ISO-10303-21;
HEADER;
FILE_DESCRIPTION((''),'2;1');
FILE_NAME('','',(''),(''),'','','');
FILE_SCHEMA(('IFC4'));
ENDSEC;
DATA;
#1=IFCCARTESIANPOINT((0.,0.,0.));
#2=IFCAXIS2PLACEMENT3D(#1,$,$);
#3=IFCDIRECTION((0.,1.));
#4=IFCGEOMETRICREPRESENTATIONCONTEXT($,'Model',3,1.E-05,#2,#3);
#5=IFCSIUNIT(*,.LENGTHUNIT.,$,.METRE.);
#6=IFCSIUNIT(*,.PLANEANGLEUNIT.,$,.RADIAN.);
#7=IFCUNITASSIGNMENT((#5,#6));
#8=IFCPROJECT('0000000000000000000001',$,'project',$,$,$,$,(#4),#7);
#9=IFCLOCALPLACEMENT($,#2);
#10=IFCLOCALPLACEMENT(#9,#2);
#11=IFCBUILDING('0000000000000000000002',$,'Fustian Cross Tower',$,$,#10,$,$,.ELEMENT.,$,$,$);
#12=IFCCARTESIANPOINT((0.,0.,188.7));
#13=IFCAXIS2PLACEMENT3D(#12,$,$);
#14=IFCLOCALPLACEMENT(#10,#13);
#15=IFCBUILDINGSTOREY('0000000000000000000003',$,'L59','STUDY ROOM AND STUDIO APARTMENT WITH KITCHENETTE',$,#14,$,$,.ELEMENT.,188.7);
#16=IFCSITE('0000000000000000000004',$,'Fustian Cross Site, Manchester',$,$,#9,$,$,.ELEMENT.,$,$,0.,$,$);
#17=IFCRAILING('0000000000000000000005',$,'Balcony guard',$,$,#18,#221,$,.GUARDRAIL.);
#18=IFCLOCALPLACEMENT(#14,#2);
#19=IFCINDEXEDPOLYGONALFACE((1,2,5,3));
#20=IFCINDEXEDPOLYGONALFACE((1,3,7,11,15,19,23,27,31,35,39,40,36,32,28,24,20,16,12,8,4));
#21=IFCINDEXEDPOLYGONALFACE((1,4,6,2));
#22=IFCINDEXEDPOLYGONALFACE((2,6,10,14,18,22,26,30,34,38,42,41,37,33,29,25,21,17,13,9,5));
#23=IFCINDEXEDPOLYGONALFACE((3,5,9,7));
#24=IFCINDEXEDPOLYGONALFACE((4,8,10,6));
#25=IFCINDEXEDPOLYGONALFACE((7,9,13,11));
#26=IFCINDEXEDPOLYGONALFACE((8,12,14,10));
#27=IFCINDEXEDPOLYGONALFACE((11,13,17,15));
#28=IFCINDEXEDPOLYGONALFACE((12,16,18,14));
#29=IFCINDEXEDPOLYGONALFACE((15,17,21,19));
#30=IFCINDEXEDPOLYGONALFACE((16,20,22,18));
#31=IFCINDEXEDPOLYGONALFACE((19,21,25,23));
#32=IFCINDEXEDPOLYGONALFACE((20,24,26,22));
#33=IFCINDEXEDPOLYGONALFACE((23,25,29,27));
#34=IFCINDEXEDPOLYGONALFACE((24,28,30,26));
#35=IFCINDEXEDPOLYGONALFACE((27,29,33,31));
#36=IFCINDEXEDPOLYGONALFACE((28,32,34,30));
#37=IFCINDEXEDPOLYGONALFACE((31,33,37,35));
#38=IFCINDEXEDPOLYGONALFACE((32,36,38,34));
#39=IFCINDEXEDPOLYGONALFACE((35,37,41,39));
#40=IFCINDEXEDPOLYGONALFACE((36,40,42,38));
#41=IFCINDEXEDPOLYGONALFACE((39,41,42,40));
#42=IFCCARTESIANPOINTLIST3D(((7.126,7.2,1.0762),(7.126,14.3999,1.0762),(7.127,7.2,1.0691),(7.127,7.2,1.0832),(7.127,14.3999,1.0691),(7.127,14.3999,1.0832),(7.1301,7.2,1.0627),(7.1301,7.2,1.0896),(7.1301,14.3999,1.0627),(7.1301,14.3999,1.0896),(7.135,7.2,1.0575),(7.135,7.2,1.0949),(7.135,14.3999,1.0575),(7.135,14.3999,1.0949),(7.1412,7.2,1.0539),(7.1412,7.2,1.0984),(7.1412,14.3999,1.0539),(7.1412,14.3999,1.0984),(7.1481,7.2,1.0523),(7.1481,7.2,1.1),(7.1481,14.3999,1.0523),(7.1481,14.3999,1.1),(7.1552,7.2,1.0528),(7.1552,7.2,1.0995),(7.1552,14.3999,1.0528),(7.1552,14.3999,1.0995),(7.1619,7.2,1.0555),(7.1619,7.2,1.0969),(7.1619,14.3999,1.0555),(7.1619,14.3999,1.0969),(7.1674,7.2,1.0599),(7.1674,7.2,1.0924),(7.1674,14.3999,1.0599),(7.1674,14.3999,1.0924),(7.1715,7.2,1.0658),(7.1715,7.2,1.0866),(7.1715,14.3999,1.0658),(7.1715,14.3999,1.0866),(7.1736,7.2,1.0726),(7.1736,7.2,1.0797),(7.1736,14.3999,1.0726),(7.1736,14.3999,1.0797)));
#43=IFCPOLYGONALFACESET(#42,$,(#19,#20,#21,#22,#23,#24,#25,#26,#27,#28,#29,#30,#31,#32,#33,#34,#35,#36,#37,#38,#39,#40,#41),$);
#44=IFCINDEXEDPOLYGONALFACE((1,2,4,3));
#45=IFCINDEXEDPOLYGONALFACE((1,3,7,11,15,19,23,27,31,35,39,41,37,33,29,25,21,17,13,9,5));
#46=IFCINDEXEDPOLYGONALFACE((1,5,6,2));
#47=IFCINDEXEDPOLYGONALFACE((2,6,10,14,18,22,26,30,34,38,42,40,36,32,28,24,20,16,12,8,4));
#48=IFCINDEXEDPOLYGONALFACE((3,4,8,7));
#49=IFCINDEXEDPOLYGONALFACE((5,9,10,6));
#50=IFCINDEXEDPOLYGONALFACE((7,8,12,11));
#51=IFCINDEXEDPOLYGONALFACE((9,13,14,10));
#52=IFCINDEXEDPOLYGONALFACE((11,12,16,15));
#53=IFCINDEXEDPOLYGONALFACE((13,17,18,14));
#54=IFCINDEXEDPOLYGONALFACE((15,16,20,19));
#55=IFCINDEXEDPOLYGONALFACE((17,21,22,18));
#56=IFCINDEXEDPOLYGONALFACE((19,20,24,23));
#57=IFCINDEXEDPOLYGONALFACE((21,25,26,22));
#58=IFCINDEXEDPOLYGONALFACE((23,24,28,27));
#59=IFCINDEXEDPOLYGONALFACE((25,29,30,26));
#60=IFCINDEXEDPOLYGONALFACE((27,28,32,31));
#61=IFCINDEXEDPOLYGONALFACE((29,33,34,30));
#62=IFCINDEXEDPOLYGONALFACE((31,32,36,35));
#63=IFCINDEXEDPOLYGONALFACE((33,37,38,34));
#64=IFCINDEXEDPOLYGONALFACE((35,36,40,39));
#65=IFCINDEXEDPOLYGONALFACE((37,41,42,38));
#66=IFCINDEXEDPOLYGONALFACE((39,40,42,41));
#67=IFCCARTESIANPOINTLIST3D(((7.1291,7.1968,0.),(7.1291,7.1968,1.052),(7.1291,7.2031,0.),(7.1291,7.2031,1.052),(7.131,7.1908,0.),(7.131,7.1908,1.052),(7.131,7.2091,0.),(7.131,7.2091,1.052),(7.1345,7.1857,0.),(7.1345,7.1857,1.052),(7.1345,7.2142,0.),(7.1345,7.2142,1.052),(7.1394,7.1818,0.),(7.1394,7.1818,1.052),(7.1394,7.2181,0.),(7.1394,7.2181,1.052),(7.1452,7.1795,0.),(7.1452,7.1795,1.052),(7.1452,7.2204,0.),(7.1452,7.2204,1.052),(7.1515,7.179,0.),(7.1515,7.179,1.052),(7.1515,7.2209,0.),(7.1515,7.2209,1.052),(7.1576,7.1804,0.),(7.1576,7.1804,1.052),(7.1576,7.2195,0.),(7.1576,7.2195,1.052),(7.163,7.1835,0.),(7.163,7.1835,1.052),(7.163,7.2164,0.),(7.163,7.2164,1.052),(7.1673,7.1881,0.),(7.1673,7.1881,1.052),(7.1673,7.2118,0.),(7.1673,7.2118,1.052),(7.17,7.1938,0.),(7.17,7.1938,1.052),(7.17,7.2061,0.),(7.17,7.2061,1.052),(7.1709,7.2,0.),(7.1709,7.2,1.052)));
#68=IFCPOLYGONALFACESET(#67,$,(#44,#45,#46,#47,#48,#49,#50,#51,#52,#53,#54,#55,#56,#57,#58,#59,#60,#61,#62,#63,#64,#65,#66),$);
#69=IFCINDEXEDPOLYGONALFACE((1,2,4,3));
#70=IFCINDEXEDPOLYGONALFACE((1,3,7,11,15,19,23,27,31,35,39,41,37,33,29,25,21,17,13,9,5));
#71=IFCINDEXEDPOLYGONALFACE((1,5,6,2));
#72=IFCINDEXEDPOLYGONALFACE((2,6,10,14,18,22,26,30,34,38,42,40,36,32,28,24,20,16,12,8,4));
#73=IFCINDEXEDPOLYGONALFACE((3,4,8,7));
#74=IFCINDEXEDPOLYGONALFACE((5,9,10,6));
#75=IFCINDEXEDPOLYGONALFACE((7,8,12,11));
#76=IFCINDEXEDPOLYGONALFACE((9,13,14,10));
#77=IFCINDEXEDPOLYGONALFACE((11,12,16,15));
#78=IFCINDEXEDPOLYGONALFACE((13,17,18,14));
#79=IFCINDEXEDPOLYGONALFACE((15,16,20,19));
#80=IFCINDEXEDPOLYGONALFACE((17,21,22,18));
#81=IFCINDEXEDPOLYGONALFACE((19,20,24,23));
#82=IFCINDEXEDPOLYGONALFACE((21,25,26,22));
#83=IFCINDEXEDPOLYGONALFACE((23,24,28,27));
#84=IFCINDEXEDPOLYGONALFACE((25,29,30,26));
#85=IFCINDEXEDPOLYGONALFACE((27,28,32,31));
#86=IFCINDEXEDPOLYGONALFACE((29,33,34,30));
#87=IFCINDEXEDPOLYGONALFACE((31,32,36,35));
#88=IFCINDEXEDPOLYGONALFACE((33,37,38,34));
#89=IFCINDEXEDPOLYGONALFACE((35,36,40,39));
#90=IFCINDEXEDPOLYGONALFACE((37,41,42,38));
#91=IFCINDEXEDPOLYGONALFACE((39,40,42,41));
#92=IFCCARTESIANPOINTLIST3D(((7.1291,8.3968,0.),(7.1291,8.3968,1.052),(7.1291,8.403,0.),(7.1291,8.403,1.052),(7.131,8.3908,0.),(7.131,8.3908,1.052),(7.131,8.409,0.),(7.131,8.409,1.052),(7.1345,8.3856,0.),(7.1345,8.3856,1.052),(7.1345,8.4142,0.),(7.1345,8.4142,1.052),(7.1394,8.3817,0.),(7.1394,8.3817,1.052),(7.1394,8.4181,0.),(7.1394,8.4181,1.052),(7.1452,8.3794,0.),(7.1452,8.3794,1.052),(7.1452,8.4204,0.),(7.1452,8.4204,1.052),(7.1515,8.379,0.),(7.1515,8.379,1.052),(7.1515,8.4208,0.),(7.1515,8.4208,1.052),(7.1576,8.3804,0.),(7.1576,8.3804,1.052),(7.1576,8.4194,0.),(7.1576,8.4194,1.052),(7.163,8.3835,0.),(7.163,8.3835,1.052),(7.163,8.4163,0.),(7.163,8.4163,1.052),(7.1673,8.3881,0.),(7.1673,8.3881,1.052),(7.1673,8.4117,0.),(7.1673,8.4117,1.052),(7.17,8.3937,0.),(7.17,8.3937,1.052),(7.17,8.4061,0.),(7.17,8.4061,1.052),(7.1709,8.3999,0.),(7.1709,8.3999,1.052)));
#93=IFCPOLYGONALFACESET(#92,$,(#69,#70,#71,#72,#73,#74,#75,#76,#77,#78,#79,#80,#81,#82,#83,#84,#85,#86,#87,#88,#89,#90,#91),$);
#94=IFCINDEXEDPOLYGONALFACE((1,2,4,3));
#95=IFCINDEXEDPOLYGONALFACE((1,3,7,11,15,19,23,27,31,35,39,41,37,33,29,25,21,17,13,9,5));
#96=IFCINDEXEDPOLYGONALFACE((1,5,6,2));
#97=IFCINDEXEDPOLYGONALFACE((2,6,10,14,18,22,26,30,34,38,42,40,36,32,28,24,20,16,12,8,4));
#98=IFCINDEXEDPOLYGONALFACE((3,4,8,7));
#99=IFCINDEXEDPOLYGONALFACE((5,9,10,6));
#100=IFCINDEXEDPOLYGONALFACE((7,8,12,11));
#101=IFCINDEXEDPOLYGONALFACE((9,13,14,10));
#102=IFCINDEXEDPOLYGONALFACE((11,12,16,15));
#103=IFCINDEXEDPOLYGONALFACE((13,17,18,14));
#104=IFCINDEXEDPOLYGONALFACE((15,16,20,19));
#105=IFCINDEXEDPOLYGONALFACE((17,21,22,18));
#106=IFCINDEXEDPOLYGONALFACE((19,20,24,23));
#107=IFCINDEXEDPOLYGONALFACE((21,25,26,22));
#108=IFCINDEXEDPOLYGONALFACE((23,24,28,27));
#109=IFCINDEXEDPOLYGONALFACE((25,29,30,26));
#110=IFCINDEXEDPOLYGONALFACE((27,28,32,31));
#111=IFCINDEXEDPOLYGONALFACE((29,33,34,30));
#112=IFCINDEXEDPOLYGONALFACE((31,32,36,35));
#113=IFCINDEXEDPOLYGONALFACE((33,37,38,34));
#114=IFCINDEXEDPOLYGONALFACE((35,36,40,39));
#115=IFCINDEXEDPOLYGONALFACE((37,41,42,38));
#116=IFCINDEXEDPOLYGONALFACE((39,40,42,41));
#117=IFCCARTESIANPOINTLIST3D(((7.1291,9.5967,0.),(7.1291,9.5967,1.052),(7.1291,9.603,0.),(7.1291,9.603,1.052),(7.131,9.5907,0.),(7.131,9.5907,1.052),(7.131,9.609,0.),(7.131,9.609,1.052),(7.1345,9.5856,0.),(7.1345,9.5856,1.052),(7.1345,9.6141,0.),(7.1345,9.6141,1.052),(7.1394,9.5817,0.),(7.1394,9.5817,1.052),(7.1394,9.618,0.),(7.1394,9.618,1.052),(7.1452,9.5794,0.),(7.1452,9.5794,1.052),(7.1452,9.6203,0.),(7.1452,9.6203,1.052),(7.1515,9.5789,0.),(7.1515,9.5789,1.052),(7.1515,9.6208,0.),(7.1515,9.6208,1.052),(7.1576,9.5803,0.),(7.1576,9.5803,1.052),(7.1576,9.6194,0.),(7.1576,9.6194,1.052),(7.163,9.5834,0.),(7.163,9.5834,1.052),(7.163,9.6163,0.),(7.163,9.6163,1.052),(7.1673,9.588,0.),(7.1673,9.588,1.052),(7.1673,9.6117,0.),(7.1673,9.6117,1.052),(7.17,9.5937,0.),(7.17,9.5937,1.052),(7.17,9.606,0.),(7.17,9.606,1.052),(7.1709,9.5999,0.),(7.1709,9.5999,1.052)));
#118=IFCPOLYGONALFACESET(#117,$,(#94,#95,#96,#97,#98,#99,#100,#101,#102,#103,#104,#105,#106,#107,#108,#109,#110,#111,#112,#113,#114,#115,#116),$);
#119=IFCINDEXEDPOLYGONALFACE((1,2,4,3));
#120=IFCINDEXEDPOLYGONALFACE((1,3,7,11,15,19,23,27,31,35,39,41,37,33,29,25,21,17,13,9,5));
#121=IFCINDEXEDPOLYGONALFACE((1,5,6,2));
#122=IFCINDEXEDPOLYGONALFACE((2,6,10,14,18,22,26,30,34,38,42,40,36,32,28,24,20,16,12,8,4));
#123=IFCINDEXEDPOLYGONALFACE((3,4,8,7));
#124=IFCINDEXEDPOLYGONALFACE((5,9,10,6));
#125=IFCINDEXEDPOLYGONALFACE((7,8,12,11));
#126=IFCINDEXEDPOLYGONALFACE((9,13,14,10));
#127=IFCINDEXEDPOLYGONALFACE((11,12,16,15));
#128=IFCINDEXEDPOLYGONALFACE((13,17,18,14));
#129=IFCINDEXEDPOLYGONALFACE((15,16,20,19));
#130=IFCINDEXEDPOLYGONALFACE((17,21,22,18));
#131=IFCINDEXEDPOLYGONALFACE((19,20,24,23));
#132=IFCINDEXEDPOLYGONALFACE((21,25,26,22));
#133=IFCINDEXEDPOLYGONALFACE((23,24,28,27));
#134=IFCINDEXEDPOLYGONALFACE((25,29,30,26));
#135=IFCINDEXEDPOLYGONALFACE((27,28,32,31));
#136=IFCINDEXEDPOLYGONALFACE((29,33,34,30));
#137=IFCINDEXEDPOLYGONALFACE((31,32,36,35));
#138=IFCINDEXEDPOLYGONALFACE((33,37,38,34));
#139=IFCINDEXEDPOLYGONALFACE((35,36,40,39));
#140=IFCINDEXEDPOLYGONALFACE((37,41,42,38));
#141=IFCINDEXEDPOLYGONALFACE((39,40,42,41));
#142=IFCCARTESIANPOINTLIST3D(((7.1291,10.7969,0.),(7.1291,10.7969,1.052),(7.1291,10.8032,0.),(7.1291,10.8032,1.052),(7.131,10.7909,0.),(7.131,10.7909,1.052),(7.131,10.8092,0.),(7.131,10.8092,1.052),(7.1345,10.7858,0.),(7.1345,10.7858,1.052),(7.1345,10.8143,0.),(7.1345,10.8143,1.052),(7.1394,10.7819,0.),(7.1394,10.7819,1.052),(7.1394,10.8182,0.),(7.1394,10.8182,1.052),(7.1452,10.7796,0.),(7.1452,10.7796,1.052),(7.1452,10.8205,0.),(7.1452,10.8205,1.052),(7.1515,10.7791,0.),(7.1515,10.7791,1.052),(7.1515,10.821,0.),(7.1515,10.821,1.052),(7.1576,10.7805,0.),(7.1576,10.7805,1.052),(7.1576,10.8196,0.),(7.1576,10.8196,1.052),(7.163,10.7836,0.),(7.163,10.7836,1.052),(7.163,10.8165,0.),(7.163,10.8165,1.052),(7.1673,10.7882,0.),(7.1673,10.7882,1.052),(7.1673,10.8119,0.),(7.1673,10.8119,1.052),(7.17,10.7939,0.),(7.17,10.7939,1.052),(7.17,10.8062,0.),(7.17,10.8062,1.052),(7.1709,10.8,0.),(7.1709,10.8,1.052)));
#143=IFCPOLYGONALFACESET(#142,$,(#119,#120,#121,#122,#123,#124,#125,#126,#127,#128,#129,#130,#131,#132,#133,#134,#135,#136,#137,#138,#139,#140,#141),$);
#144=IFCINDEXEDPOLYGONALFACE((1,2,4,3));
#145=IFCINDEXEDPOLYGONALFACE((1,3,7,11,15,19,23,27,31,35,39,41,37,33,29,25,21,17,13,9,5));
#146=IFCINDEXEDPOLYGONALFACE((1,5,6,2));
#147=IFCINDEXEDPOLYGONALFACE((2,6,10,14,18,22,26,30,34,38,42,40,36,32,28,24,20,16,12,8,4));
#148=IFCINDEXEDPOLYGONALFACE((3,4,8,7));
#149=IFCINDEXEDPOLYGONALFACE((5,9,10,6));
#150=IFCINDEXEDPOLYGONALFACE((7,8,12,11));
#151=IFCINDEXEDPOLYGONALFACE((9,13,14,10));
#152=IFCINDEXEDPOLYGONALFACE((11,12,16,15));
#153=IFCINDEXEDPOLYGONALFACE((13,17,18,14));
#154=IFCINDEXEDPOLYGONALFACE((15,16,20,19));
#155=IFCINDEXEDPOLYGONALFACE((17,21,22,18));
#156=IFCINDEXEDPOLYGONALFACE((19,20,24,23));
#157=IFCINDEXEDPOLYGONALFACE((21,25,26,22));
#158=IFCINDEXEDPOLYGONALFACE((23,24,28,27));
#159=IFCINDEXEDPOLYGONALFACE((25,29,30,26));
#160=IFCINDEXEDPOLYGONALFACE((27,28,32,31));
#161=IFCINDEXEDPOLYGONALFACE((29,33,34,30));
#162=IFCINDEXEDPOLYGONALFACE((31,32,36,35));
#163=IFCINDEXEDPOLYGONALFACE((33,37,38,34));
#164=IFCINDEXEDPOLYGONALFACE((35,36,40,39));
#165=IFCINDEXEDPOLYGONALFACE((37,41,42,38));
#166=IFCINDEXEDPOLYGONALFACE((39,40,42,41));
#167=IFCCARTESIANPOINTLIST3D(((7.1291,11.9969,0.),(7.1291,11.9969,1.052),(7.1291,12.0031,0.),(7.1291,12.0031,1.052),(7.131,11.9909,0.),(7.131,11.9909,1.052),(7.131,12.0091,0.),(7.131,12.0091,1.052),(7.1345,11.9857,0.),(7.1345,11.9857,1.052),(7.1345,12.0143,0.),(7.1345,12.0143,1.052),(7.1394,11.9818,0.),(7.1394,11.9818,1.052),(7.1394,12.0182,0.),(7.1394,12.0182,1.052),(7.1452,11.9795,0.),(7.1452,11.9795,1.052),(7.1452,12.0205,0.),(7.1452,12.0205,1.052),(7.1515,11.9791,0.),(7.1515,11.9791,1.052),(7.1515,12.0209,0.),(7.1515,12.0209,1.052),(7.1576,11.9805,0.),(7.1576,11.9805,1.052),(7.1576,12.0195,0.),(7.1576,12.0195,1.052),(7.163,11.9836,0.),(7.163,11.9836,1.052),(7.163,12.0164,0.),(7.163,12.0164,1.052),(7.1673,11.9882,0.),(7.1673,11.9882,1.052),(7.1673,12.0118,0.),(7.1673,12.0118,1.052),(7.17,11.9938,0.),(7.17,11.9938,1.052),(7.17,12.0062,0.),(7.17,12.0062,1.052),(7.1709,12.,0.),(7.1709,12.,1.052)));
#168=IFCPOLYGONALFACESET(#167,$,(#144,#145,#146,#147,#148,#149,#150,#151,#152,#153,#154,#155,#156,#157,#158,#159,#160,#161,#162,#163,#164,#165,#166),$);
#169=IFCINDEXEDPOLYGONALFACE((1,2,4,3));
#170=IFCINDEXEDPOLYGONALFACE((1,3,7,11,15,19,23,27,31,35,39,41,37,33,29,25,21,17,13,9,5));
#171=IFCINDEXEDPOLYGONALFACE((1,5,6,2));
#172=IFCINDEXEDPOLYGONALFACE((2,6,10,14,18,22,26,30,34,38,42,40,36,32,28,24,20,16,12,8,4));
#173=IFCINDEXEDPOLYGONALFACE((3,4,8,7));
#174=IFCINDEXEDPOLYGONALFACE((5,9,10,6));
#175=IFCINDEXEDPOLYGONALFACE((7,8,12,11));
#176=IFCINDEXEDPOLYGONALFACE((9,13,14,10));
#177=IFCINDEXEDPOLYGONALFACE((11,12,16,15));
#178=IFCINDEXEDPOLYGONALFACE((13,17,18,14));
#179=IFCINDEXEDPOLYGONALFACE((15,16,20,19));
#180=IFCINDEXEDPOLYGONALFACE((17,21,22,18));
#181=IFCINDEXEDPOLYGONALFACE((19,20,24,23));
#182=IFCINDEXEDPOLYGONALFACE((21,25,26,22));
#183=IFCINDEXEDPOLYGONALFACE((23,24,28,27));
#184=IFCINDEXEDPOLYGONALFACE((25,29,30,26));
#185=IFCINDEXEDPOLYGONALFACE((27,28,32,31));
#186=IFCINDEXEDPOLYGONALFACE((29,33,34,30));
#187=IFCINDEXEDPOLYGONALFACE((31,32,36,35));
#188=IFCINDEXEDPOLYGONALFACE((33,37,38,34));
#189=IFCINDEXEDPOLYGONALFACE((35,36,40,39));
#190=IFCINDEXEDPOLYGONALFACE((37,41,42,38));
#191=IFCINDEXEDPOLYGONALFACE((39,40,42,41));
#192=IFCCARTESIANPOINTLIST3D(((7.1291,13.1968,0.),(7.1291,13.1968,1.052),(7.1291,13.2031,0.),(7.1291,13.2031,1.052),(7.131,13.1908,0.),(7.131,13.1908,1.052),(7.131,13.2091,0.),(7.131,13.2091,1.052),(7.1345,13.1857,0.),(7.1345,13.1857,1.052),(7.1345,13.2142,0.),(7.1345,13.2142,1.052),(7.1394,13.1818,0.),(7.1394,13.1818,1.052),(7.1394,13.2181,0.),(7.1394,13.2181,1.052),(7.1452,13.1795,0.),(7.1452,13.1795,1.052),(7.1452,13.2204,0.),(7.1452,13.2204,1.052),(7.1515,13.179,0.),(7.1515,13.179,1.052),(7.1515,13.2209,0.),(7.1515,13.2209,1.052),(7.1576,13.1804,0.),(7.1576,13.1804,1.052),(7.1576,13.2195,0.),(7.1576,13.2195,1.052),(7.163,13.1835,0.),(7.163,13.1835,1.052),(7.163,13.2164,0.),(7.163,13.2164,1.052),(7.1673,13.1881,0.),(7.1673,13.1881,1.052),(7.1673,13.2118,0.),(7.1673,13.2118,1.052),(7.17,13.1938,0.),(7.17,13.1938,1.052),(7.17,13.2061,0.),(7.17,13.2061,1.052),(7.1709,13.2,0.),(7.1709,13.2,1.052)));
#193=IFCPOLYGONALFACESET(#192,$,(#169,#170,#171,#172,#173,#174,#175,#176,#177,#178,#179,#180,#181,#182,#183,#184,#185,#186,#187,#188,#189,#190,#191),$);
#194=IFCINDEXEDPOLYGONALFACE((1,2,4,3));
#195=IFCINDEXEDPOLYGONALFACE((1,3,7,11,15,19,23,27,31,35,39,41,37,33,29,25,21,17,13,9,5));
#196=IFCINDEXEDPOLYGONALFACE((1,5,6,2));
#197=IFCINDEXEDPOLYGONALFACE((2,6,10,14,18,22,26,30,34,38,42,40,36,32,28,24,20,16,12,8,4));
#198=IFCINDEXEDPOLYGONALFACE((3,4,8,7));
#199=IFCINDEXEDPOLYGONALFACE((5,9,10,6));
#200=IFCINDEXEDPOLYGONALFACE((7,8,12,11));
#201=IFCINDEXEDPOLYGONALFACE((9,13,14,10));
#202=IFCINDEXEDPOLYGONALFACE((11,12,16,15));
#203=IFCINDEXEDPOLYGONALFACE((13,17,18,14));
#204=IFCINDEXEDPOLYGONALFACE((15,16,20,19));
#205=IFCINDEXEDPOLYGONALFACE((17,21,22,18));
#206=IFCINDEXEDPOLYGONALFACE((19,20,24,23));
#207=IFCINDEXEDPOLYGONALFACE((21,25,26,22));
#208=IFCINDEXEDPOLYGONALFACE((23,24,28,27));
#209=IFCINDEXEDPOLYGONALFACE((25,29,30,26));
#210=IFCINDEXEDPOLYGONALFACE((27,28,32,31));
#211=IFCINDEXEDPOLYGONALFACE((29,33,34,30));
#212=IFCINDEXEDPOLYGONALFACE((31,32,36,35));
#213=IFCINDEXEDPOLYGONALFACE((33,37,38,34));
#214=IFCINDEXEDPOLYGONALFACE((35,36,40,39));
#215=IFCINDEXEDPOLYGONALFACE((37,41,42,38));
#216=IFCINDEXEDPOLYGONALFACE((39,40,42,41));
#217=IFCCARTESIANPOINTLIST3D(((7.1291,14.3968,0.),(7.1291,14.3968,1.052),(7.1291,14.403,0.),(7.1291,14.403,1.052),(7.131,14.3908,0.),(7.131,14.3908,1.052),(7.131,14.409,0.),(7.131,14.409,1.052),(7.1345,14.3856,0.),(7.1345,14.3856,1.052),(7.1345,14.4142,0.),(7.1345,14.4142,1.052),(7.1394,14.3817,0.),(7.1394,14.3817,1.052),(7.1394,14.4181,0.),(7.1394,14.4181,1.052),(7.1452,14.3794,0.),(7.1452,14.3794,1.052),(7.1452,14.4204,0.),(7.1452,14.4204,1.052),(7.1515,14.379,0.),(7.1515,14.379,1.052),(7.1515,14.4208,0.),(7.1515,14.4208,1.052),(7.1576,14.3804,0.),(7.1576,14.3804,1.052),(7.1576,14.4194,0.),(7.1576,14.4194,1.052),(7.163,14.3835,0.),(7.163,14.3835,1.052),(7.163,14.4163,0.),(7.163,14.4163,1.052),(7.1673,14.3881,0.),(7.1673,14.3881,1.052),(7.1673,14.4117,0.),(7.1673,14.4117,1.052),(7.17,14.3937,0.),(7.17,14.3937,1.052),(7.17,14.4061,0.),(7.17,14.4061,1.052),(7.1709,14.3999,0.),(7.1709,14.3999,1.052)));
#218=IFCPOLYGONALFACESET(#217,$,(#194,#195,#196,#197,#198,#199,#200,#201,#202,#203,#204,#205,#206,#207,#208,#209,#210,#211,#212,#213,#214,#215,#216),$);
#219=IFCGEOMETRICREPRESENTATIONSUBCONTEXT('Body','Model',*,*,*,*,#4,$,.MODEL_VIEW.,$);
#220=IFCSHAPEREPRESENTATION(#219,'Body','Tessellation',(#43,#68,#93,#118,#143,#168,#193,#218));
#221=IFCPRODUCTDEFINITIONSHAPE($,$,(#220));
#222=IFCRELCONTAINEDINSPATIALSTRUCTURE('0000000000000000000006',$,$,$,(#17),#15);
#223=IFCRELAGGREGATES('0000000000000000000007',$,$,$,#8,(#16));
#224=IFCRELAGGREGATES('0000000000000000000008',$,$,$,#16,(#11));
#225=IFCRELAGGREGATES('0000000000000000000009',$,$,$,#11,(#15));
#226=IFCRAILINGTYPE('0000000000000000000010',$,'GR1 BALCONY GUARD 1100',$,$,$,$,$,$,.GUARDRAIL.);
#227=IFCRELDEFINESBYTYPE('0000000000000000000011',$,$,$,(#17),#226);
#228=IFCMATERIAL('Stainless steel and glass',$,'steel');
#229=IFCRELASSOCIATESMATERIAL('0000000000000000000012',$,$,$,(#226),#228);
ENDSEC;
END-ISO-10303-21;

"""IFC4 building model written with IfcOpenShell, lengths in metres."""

from ifc_helpers import new_model, si_unit, direction, frame, origin, origin_2d, place, context, subcontext, project, spatial, circle, extrude, material, type_object, element, save


model = new_model("IFC4")

# Units and contexts
model_context = context("Model", 3, precision=1e-05, world=origin(), true_north=direction((0.0, 1.0)))
body_context = subcontext(model_context, "Body", "Model", "MODEL_VIEW")
ifc_project = project(units=[si_unit("LENGTHUNIT", "METRE"), si_unit("PLANEANGLEUNIT", "RADIAN")], contexts=[model_context])

# Site, building, storey
site_placement = place(None, origin())
site = spatial("IfcSite", under=ifc_project, at=site_placement, Name="Fustian Cross Site, Manchester", CompositionType="ELEMENT", RefElevation=0.0)
building_placement = place(site_placement, origin())
building = spatial("IfcBuilding", under=site, at=building_placement, Name="Fustian Cross Tower", CompositionType="ELEMENT")
storey_placement = place(building_placement, frame((0.0, 0.0, 188.7)))
storey = spatial("IfcBuildingStorey", under=building, at=storey_placement, Name="L59", Description="STUDY ROOM AND STUDIO APARTMENT WITH KITCHENETTE", CompositionType="ELEMENT", Elevation=188.7)

# Railing
ifc_material_1 = material(Name="Stainless steel and glass", Category="steel")
railing_type = type_object("IfcRailingType", Name="GR1 BALCONY GUARD 1100", PredefinedType="GUARDRAIL", material=ifc_material_1)
railing_placement = place(storey_placement, frame((7.1499, 7.2, 0.0)))
element("IfcRailing", 1, at=railing_placement, inside=storey, type_object=railing_type, Name="Balcony guard", PredefinedType="GUARDRAIL", context=body_context, shape_type="SweptSolid", body=[
    extrude(circle(Radius=0.0239, at=origin_2d()), frame((0.0, 0.0, 1.0762), z_axis=(0.0, 1.0, 0.0), x_axis=(-1.0, 0.0, 0.0)), (0.0, 0.0, 1.0), 7.2),
    extrude(circle(Radius=0.021, at=origin_2d()), origin(), (0.0, 0.0, 1.0), 1.052),
    extrude(circle(Radius=0.021, at=origin_2d()), frame((0.0, 1.2, 0.0)), (0.0, 0.0, 1.0), 1.052),
    extrude(circle(Radius=0.021, at=origin_2d()), frame((0.0, 2.3999, 0.0)), (0.0, 0.0, 1.0), 1.052),
    extrude(circle(Radius=0.021, at=origin_2d()), frame((0.0, 3.6001, 0.0)), (0.0, 0.0, 1.0), 1.052),
    extrude(circle(Radius=0.021, at=origin_2d()), frame((0.0, 4.8, 0.0)), (0.0, 0.0, 1.0), 1.052),
    extrude(circle(Radius=0.021, at=origin_2d()), frame((0.0, 6.0, 0.0)), (0.0, 0.0, 1.0), 1.052),
    extrude(circle(Radius=0.021, at=origin_2d()), frame((0.0, 7.2, 0.0)), (0.0, 0.0, 1.0), 1.052),
])

save(model, "model.ifc")
